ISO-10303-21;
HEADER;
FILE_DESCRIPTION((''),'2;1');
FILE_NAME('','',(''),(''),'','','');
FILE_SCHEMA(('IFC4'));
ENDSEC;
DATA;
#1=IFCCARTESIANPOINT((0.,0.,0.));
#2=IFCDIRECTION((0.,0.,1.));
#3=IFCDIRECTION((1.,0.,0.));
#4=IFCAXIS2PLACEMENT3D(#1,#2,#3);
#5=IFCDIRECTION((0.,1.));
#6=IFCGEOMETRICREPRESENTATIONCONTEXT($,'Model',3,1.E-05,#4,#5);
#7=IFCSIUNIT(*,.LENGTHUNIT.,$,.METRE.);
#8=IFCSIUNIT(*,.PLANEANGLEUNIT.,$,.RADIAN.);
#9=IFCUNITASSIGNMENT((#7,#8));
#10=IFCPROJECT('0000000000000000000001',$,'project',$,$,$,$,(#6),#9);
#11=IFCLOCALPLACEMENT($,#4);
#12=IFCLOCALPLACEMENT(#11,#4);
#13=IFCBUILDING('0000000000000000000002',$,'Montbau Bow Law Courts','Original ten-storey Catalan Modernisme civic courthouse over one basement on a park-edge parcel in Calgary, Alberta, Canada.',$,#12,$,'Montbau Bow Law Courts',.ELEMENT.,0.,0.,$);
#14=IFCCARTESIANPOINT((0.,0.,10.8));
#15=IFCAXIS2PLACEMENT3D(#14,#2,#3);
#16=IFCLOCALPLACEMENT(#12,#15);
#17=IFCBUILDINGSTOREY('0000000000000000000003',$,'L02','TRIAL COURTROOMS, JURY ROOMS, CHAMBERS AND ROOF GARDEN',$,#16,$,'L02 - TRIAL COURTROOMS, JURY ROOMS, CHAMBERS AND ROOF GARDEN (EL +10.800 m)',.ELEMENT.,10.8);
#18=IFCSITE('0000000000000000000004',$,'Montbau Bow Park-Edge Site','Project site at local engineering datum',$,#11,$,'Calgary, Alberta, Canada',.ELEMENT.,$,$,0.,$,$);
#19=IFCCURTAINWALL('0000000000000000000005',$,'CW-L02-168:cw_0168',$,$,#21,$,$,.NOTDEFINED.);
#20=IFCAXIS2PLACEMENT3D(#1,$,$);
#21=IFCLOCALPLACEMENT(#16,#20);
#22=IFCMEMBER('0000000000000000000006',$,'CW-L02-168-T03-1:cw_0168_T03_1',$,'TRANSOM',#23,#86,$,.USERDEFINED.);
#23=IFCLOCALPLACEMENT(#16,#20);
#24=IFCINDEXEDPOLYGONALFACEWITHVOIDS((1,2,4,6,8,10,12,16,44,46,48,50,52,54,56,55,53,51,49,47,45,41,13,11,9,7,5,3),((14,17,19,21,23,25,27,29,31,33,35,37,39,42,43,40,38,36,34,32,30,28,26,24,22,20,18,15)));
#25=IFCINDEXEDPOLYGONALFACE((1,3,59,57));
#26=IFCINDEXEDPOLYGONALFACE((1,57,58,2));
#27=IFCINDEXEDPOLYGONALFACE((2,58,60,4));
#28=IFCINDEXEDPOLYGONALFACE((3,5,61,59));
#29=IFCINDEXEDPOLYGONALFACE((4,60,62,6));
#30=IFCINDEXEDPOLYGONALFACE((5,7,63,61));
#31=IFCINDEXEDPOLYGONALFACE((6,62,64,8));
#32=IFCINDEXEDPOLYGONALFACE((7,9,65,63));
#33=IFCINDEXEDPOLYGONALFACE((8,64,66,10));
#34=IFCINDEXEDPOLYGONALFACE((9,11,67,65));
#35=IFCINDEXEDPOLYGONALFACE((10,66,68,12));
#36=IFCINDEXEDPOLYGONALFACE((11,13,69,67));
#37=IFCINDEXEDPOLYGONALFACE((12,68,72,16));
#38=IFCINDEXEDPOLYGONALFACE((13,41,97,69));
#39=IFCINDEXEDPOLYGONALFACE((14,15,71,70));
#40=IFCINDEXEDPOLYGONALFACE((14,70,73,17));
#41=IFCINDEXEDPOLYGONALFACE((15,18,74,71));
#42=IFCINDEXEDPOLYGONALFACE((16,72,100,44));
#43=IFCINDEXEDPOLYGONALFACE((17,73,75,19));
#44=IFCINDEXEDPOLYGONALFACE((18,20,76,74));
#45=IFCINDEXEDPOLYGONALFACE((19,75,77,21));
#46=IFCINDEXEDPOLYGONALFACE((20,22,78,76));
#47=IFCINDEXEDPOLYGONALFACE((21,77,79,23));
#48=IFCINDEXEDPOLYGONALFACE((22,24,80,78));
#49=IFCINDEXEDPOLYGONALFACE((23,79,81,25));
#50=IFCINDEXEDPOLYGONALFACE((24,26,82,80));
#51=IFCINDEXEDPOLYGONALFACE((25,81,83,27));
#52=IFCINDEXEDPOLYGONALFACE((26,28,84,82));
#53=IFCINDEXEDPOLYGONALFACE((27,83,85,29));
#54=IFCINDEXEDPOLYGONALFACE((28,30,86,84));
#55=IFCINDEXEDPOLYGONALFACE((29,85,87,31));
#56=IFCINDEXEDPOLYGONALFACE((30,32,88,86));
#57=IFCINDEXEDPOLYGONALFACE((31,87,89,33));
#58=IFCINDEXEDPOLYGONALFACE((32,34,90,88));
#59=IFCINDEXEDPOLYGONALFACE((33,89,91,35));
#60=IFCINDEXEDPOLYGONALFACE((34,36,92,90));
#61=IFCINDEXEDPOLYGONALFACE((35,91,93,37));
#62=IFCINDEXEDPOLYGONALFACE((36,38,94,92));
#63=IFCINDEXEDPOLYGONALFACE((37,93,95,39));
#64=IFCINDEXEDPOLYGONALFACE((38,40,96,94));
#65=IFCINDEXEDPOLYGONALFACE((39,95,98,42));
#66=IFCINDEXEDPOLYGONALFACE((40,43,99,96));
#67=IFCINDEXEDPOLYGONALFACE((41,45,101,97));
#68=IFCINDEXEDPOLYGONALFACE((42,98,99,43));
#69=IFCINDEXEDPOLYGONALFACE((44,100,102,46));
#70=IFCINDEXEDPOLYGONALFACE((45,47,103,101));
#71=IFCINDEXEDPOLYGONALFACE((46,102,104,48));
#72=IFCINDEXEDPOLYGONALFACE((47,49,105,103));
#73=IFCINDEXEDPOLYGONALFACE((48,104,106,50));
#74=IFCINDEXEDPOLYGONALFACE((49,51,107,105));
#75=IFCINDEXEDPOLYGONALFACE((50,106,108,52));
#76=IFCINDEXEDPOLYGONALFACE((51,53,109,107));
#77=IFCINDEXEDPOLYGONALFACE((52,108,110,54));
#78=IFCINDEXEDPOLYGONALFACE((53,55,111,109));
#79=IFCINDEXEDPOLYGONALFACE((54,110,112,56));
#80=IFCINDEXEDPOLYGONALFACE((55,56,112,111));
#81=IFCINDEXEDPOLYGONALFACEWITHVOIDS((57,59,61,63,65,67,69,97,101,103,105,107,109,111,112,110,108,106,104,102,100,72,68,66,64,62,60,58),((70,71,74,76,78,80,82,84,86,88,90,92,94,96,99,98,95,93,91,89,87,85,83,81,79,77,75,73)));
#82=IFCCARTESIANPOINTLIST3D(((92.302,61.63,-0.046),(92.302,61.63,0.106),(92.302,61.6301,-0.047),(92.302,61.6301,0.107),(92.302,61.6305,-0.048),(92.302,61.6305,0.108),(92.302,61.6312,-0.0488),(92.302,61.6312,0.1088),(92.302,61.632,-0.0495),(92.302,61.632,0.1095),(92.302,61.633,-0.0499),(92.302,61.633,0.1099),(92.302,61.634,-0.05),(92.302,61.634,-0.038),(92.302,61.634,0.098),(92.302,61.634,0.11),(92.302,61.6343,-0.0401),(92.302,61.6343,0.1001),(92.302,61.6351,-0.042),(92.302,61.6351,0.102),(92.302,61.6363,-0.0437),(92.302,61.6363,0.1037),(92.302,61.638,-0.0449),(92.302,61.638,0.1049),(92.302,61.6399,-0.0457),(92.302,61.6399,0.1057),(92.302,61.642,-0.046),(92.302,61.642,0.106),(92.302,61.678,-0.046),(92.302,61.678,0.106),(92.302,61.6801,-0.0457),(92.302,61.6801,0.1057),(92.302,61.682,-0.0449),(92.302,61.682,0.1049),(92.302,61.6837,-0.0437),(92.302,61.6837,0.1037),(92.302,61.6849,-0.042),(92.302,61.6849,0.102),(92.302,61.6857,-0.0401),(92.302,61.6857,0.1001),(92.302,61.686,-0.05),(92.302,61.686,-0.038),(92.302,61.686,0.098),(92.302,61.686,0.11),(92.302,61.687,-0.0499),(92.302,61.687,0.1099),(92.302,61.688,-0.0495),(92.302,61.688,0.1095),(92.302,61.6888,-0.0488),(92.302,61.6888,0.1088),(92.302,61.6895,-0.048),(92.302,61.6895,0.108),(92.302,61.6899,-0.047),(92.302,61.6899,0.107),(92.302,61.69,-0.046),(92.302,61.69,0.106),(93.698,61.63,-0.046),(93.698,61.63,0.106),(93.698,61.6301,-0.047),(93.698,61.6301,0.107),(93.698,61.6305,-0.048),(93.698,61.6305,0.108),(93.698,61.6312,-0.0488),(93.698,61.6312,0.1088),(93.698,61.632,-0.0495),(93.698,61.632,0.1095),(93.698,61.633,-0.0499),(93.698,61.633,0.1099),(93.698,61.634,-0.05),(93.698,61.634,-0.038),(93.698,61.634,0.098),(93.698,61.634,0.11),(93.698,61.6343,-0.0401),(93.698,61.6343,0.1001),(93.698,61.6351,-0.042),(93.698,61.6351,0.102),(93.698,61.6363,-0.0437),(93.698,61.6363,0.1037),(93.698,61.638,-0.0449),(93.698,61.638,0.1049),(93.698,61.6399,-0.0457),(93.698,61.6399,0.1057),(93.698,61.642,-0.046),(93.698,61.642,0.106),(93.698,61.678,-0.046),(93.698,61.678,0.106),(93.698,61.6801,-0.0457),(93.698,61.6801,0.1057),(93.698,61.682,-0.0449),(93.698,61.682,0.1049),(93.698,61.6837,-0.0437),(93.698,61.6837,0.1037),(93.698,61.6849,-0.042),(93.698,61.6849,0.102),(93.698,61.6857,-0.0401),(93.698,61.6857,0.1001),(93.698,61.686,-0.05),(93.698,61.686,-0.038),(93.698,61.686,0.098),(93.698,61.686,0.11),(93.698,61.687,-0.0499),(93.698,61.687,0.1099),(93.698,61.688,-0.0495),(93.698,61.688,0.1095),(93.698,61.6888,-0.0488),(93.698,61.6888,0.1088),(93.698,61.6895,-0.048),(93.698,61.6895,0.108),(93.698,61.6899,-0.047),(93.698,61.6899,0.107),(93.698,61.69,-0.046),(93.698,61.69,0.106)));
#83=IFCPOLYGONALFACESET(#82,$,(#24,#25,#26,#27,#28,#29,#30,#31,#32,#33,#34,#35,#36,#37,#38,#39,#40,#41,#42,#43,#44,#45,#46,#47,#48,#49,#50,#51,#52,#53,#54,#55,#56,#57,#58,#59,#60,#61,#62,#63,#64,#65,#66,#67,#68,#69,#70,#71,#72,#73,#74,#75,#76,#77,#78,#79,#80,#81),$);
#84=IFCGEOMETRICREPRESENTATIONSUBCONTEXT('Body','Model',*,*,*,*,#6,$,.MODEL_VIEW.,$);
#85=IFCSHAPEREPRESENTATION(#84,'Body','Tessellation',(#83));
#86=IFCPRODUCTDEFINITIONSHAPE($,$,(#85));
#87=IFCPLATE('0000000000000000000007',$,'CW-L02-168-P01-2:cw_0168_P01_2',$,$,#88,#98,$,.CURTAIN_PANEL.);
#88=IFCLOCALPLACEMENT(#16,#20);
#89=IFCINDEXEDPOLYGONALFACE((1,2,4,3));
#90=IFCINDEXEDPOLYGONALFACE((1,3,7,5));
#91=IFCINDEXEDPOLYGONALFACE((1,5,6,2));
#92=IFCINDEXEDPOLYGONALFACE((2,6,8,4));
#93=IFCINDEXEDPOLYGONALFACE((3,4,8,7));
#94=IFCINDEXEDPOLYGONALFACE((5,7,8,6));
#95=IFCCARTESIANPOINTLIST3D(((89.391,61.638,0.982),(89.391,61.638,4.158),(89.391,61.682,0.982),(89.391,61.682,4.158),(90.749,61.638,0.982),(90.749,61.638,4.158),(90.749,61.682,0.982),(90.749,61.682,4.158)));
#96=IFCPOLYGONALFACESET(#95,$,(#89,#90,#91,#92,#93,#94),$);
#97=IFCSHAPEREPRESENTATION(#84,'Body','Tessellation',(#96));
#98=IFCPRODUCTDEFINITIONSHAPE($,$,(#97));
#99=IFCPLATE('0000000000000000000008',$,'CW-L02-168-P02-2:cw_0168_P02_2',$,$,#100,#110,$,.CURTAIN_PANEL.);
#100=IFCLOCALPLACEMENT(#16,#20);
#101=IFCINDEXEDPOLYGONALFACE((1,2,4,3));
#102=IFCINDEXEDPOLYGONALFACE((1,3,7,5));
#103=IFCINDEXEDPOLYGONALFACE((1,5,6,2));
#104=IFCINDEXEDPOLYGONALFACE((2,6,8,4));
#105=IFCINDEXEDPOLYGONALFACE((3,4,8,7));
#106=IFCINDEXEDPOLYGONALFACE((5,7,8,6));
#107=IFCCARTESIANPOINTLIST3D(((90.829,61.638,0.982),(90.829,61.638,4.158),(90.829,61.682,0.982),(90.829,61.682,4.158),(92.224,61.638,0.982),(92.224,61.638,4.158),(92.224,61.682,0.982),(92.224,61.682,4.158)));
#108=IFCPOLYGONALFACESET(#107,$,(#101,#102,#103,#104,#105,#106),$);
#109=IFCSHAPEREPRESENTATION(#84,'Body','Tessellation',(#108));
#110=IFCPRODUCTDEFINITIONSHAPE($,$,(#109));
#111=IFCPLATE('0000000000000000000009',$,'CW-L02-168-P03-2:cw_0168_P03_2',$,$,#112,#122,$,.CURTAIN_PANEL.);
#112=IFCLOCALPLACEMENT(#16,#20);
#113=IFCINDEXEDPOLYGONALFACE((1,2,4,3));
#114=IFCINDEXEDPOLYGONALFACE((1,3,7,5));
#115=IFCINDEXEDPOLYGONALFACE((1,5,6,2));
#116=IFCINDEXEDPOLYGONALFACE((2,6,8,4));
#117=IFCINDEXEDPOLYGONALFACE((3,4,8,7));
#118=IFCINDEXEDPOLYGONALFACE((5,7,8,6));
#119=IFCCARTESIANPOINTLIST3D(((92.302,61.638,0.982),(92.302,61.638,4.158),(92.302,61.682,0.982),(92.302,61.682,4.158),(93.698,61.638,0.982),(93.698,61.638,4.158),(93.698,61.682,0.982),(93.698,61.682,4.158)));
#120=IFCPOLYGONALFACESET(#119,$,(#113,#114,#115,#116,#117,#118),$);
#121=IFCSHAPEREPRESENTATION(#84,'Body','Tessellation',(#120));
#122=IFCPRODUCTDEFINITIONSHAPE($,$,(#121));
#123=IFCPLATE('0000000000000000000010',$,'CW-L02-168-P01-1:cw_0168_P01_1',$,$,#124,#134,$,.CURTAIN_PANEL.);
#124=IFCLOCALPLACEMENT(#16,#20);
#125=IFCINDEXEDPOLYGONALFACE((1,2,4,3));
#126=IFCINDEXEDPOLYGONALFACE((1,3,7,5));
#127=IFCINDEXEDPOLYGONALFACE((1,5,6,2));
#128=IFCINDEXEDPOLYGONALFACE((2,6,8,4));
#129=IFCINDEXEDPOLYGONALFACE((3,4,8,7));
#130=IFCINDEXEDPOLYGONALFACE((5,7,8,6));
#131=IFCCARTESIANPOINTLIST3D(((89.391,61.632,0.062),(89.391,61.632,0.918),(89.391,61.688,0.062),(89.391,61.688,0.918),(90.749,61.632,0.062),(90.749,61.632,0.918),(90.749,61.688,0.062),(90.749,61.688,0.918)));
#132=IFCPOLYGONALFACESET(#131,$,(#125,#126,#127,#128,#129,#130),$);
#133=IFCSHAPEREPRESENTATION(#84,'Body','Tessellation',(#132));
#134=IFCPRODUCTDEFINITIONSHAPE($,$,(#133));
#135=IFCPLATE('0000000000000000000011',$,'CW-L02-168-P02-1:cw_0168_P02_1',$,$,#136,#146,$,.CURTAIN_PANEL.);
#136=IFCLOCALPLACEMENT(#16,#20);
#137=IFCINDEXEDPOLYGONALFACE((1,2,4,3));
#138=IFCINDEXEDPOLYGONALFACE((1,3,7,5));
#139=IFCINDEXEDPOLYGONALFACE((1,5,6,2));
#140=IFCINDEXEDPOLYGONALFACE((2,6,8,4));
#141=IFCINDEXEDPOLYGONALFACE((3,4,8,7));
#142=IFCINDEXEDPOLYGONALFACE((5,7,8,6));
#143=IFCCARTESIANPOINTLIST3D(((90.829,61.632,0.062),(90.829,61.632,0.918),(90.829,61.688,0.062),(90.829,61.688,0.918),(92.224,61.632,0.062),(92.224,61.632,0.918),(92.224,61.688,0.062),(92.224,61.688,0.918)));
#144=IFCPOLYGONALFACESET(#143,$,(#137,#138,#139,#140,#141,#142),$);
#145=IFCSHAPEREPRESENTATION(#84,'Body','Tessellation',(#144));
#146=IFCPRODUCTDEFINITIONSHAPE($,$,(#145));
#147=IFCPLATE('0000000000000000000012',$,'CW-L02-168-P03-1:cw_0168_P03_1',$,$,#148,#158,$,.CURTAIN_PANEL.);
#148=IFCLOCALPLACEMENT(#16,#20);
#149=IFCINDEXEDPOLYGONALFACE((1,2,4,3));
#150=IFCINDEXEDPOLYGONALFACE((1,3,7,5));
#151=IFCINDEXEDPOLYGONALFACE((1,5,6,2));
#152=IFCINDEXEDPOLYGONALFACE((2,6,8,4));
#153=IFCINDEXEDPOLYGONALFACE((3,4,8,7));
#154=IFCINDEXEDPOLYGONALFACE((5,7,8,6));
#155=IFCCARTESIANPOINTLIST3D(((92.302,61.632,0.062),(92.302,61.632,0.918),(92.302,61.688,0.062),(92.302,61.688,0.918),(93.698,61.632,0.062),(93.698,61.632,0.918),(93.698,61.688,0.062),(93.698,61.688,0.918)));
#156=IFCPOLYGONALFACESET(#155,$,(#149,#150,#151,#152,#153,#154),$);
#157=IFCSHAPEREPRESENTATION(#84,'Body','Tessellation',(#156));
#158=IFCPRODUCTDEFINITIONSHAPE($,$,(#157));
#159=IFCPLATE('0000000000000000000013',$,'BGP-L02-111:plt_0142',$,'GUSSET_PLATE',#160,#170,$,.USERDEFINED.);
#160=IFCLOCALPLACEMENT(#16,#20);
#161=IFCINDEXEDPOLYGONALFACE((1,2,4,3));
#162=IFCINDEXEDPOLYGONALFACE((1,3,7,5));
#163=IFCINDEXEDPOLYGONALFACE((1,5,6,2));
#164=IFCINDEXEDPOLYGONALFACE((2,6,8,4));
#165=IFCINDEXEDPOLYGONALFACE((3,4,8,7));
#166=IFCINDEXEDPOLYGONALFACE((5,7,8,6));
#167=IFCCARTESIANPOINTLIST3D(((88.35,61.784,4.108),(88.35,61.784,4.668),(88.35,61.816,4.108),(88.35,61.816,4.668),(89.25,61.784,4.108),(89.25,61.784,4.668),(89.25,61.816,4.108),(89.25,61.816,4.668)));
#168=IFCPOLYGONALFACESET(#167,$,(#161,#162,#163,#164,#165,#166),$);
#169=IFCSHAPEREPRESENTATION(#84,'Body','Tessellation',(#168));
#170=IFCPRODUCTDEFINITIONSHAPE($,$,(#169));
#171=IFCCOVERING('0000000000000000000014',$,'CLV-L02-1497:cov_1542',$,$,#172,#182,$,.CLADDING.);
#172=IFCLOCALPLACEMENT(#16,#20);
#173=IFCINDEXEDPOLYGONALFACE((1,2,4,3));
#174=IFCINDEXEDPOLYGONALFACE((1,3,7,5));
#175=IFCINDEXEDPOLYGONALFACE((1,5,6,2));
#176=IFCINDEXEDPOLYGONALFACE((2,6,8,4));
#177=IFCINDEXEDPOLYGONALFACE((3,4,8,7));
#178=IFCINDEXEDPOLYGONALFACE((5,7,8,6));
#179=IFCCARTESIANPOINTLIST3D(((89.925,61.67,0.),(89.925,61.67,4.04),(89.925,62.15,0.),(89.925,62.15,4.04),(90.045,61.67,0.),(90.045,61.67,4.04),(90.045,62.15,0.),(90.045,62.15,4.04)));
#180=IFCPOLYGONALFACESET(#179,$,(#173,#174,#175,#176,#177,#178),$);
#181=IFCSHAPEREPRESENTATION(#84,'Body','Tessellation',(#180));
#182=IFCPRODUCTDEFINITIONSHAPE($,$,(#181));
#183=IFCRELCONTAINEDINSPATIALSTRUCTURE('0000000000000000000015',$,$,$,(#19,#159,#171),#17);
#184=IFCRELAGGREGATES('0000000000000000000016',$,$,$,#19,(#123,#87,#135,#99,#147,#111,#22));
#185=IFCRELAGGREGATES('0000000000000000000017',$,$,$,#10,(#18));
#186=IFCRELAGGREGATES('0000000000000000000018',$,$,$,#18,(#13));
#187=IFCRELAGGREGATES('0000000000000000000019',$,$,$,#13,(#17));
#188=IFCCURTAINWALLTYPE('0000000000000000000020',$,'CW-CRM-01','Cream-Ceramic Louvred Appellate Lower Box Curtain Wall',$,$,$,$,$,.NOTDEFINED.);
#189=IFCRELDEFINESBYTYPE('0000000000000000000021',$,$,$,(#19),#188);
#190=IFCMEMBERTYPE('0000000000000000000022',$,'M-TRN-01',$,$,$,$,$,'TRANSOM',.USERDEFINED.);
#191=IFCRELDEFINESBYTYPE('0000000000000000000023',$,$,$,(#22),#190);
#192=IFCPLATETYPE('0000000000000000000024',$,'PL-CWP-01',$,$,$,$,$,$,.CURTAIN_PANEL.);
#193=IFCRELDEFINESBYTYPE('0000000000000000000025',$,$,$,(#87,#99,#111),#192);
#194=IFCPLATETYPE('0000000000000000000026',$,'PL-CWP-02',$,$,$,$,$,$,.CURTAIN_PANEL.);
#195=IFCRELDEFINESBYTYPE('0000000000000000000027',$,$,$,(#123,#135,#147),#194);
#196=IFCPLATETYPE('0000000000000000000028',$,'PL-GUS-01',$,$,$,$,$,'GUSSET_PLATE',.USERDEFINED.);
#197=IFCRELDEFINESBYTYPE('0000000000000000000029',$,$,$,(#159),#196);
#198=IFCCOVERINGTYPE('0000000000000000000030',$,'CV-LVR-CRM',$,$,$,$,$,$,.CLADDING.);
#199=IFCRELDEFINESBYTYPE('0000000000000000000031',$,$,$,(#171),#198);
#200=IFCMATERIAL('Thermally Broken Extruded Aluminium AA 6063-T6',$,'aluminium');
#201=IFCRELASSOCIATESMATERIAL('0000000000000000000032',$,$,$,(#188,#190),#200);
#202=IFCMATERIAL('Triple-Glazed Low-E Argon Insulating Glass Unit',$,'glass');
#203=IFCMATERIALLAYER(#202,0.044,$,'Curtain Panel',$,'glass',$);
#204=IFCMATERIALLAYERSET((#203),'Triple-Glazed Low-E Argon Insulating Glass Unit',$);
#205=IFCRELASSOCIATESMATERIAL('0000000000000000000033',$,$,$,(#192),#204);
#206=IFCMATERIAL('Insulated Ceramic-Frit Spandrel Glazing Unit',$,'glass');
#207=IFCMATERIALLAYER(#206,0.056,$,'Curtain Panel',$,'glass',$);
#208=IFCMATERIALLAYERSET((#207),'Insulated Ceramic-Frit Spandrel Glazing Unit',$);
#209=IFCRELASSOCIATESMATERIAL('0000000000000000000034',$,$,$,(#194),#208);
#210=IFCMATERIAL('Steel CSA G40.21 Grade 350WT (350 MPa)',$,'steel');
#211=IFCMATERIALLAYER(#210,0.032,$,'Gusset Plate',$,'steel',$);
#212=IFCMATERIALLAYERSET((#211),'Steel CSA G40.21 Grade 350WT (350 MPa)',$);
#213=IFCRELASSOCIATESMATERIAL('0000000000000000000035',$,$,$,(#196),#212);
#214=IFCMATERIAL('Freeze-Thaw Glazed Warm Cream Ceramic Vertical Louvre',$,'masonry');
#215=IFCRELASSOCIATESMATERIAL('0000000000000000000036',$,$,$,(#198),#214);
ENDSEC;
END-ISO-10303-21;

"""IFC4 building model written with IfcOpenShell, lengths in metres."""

from ifc_helpers import new_model, si_unit, direction, frame, frame_2d, origin_with_axes, origin_2d_with_axis, place, context, subcontext, project, spatial, rectangle, hollow_rectangle, extrude, material, layer, layer_set, material_profile, profile_set, type_object, element, aggregate, save


model = new_model("IFC4")

# Units and contexts
model_context = context("Model", 3, precision=1e-05, world=origin_with_axes(), true_north=direction((0.0, 1.0)))
body_context = subcontext(model_context, "Body", "Model", "MODEL_VIEW")
ifc_project = project(units=[si_unit("LENGTHUNIT", "METRE"), si_unit("PLANEANGLEUNIT", "RADIAN")], contexts=[model_context])

# Site, building, storey
site_placement = place(None, origin_with_axes())
site = spatial("IfcSite", under=ifc_project, at=site_placement, Name="Montbau Bow Park-Edge Site", Description="Project site at local engineering datum", LongName="Calgary, Alberta, Canada", CompositionType="ELEMENT", RefElevation=0.0)
building_placement = place(site_placement, origin_with_axes())
building = spatial("IfcBuilding", under=site, at=building_placement, Name="Montbau Bow Law Courts", Description="Original ten-storey Catalan Modernisme civic courthouse over one basement on a park-edge parcel in Calgary, Alberta, Canada.", LongName="Montbau Bow Law Courts", CompositionType="ELEMENT", ElevationOfRefHeight=0.0, ElevationOfTerrain=0.0)
storey_placement = place(building_placement, frame((0.0, 0.0, 10.8), z_axis=(0.0, 0.0, 1.0), x_axis=(1.0, 0.0, 0.0)))
storey = spatial("IfcBuildingStorey", under=building, at=storey_placement, Name="L02", Description="TRIAL COURTROOMS, JURY ROOMS, CHAMBERS AND ROOF GARDEN", LongName="L02 - TRIAL COURTROOMS, JURY ROOMS, CHAMBERS AND ROOF GARDEN (EL +10.800 m)", CompositionType="ELEMENT", Elevation=10.8)

# Shared definitions
ifc_material_1 = material(Name="Steel CSA G40.21 Grade 350WT (350 MPa)", Category="steel")

# Curtain wall, member, plates
ifc_material_2 = material(Name="Thermally Broken Extruded Aluminium AA 6063-T6", Category="aluminium")
curtain_wall_type = type_object("IfcCurtainWallType", Name="CW-CRM-01", Description="Cream-Ceramic Louvred Appellate Lower Box Curtain Wall", PredefinedType="NOTDEFINED", material=ifc_material_2)
curtain_wall_placement = place(None, frame((89.315, 61.66, 10.8), z_axis=(0.0, 0.0, 1.0), x_axis=(1.0, 0.0, 0.0)))
curtain_wall = element("IfcCurtainWall", 1, at=curtain_wall_placement, inside=storey, type_object=curtain_wall_type, Name="CW-L02-168:cw_0168", PredefinedType="NOTDEFINED")
ifc_material_profile_1 = material_profile(ifc_material_2, hollow_rectangle(XDim=0.06, YDim=0.16, WallThickness=0.004, InnerFilletRadius=0.008, OuterFilletRadius=0.004, at=origin_2d_with_axis()), Name="CWT-160X60", Category="Main", Priority=0)
ifc_profile_set_1 = profile_set([ifc_material_profile_1], Name="Thermally Broken Extruded Aluminium AA 6063-T6")
member_type_1 = type_object("IfcMemberType", Name="M-TRN-01", ElementType="TRANSOM", PredefinedType="USERDEFINED", material=ifc_profile_set_1)
member_1_placement = place(None, frame((92.302, 61.66, 10.83), z_axis=(1.0, 0.0, 0.0), x_axis=(0.0, 1.0, 0.0)))
member_1 = element("IfcMember", 2, at=member_1_placement, type_object=member_type_1, Name="CW-L02-168-T03-1:cw_0168_T03_1", ObjectType="TRANSOM", PredefinedType="USERDEFINED", context=body_context, shape_type="SweptSolid", body=[
    extrude(hollow_rectangle(XDim=0.06, YDim=0.16, WallThickness=0.004, InnerFilletRadius=0.008, OuterFilletRadius=0.004, at=origin_2d_with_axis()), origin_with_axes(), (0.0, 0.0, 1.0), 1.396),
])
ifc_material_3 = material(Name="Triple-Glazed Low-E Argon Insulating Glass Unit", Category="glass")
ifc_layer_1 = layer(ifc_material_3, 0.044, Name="Curtain Panel", Category="glass")
ifc_layer_set_1 = layer_set([ifc_layer_1], Name="Triple-Glazed Low-E Argon Insulating Glass Unit")
plate_type_1 = type_object("IfcPlateType", Name="PL-CWP-01", PredefinedType="CURTAIN_PANEL", material=ifc_layer_set_1)
plate_1_placement = place(None, frame((89.391, 61.66, 11.782), z_axis=(0.0, -1.0, 0.0), x_axis=(1.0, 0.0, 0.0)))
plate_1 = element("IfcPlate", 3, at=plate_1_placement, type_object=plate_type_1, Name="CW-L02-168-P01-2:cw_0168_P01_2", PredefinedType="CURTAIN_PANEL", context=body_context, shape_type="SweptSolid", body=[
    extrude(rectangle(XDim=1.358, YDim=3.176, at=frame_2d((0.679, 1.588), x_axis=(1.0, 0.0))), frame((0.0, 0.0, -0.022), z_axis=(0.0, 0.0, 1.0), x_axis=(1.0, 0.0, 0.0)), (0.0, 0.0, 1.0), 0.044),
])
plate_2_placement = place(None, frame((90.829, 61.66, 11.782), z_axis=(0.0, -1.0, 0.0), x_axis=(1.0, 0.0, 0.0)))
plate_2 = element("IfcPlate", 4, at=plate_2_placement, type_object=plate_type_1, Name="CW-L02-168-P02-2:cw_0168_P02_2", PredefinedType="CURTAIN_PANEL", context=body_context, shape_type="SweptSolid", body=[
    extrude(rectangle(XDim=1.395, YDim=3.176, at=frame_2d((0.6975, 1.588), x_axis=(1.0, 0.0))), frame((0.0, 0.0, -0.022), z_axis=(0.0, 0.0, 1.0), x_axis=(1.0, 0.0, 0.0)), (0.0, 0.0, 1.0), 0.044),
])
plate_3_placement = place(None, frame((92.302, 61.66, 11.782), z_axis=(0.0, -1.0, 0.0), x_axis=(1.0, 0.0, 0.0)))
plate_3 = element("IfcPlate", 5, at=plate_3_placement, type_object=plate_type_1, Name="CW-L02-168-P03-2:cw_0168_P03_2", PredefinedType="CURTAIN_PANEL", context=body_context, shape_type="SweptSolid", body=[
    extrude(rectangle(XDim=1.396, YDim=3.176, at=frame_2d((0.698, 1.588), x_axis=(1.0, 0.0))), frame((0.0, 0.0, -0.022), z_axis=(0.0, 0.0, 1.0), x_axis=(1.0, 0.0, 0.0)), (0.0, 0.0, 1.0), 0.044),
])
ifc_material_4 = material(Name="Insulated Ceramic-Frit Spandrel Glazing Unit", Category="glass")
ifc_layer_2 = layer(ifc_material_4, 0.056, Name="Curtain Panel", Category="glass")
ifc_layer_set_2 = layer_set([ifc_layer_2], Name="Insulated Ceramic-Frit Spandrel Glazing Unit")
plate_type_2 = type_object("IfcPlateType", Name="PL-CWP-02", PredefinedType="CURTAIN_PANEL", material=ifc_layer_set_2)
plate_4_placement = place(None, frame((89.391, 61.66, 10.862), z_axis=(0.0, -1.0, 0.0), x_axis=(1.0, 0.0, 0.0)))
plate_4 = element("IfcPlate", 6, at=plate_4_placement, type_object=plate_type_2, Name="CW-L02-168-P01-1:cw_0168_P01_1", PredefinedType="CURTAIN_PANEL", context=body_context, shape_type="SweptSolid", body=[
    extrude(rectangle(XDim=1.358, YDim=0.856, at=frame_2d((0.679, 0.428), x_axis=(1.0, 0.0))), frame((0.0, 0.0, -0.028), z_axis=(0.0, 0.0, 1.0), x_axis=(1.0, 0.0, 0.0)), (0.0, 0.0, 1.0), 0.056),
])
plate_5_placement = place(None, frame((90.829, 61.66, 10.862), z_axis=(0.0, -1.0, 0.0), x_axis=(1.0, 0.0, 0.0)))
plate_5 = element("IfcPlate", 7, at=plate_5_placement, type_object=plate_type_2, Name="CW-L02-168-P02-1:cw_0168_P02_1", PredefinedType="CURTAIN_PANEL", context=body_context, shape_type="SweptSolid", body=[
    extrude(rectangle(XDim=1.395, YDim=0.856, at=frame_2d((0.6975, 0.428), x_axis=(1.0, 0.0))), frame((0.0, 0.0, -0.028), z_axis=(0.0, 0.0, 1.0), x_axis=(1.0, 0.0, 0.0)), (0.0, 0.0, 1.0), 0.056),
])
plate_6_placement = place(None, frame((92.302, 61.66, 10.862), z_axis=(0.0, -1.0, 0.0), x_axis=(1.0, 0.0, 0.0)))
plate_6 = element("IfcPlate", 8, at=plate_6_placement, type_object=plate_type_2, Name="CW-L02-168-P03-1:cw_0168_P03_1", PredefinedType="CURTAIN_PANEL", context=body_context, shape_type="SweptSolid", body=[
    extrude(rectangle(XDim=1.396, YDim=0.856, at=frame_2d((0.698, 0.428), x_axis=(1.0, 0.0))), frame((0.0, 0.0, -0.028), z_axis=(0.0, 0.0, 1.0), x_axis=(1.0, 0.0, 0.0)), (0.0, 0.0, 1.0), 0.056),
])
aggregate(curtain_wall, [plate_4, plate_1, plate_5, plate_2, plate_6, plate_3, member_1])

# Plate
ifc_layer_3 = layer(ifc_material_1, 0.032, Name="Gusset Plate", Category="steel")
ifc_layer_set_3 = layer_set([ifc_layer_3], Name="Steel CSA G40.21 Grade 350WT (350 MPa)")
plate_type_3 = type_object("IfcPlateType", Name="PL-GUS-01", ElementType="GUSSET_PLATE", PredefinedType="USERDEFINED", material=ifc_layer_set_3)
plate_7_placement = place(None, frame((88.8, 61.8, 14.908), z_axis=(0.0, 0.0, 1.0), x_axis=(1.0, 0.0, 0.0)))
element("IfcPlate", 9, at=plate_7_placement, inside=storey, type_object=plate_type_3, Name="BGP-L02-111:plt_0142", ObjectType="GUSSET_PLATE", PredefinedType="USERDEFINED", context=body_context, shape_type="SweptSolid", body=[
    extrude(rectangle(XDim=0.9, YDim=0.032, at=origin_2d_with_axis()), origin_with_axes(), (0.0, 0.0, 1.0), 0.56),
])

# Covering
ifc_material_5 = material(Name="Freeze-Thaw Glazed Warm Cream Ceramic Vertical Louvre", Category="masonry")
covering_type = type_object("IfcCoveringType", Name="CV-LVR-CRM", PredefinedType="CLADDING", material=ifc_material_5)
for number, where, z_axis, x_axis, name in (
    (10, (89.985, 61.67, 10.8), (1.0, 0.0, 0.0), (0.0, 1.0, 0.0), "CLV-L02-1497:cov_1542"),
):
    element("IfcCovering", number, at=place(None, frame(where, z_axis=z_axis, x_axis=x_axis)), inside=storey, type_object=covering_type, Name=name, PredefinedType="CLADDING", context=body_context, shape_type="SweptSolid", body=[
        extrude(rectangle(XDim=0.48, YDim=4.04, at=frame_2d((0.24, 2.02), x_axis=(1.0, 0.0))), frame((0.0, 0.0, -0.06), z_axis=(0.0, 0.0, 1.0), x_axis=(1.0, 0.0, 0.0)), (0.0, 0.0, 1.0), 0.12),
    ])

save(model, "model.ifc")
